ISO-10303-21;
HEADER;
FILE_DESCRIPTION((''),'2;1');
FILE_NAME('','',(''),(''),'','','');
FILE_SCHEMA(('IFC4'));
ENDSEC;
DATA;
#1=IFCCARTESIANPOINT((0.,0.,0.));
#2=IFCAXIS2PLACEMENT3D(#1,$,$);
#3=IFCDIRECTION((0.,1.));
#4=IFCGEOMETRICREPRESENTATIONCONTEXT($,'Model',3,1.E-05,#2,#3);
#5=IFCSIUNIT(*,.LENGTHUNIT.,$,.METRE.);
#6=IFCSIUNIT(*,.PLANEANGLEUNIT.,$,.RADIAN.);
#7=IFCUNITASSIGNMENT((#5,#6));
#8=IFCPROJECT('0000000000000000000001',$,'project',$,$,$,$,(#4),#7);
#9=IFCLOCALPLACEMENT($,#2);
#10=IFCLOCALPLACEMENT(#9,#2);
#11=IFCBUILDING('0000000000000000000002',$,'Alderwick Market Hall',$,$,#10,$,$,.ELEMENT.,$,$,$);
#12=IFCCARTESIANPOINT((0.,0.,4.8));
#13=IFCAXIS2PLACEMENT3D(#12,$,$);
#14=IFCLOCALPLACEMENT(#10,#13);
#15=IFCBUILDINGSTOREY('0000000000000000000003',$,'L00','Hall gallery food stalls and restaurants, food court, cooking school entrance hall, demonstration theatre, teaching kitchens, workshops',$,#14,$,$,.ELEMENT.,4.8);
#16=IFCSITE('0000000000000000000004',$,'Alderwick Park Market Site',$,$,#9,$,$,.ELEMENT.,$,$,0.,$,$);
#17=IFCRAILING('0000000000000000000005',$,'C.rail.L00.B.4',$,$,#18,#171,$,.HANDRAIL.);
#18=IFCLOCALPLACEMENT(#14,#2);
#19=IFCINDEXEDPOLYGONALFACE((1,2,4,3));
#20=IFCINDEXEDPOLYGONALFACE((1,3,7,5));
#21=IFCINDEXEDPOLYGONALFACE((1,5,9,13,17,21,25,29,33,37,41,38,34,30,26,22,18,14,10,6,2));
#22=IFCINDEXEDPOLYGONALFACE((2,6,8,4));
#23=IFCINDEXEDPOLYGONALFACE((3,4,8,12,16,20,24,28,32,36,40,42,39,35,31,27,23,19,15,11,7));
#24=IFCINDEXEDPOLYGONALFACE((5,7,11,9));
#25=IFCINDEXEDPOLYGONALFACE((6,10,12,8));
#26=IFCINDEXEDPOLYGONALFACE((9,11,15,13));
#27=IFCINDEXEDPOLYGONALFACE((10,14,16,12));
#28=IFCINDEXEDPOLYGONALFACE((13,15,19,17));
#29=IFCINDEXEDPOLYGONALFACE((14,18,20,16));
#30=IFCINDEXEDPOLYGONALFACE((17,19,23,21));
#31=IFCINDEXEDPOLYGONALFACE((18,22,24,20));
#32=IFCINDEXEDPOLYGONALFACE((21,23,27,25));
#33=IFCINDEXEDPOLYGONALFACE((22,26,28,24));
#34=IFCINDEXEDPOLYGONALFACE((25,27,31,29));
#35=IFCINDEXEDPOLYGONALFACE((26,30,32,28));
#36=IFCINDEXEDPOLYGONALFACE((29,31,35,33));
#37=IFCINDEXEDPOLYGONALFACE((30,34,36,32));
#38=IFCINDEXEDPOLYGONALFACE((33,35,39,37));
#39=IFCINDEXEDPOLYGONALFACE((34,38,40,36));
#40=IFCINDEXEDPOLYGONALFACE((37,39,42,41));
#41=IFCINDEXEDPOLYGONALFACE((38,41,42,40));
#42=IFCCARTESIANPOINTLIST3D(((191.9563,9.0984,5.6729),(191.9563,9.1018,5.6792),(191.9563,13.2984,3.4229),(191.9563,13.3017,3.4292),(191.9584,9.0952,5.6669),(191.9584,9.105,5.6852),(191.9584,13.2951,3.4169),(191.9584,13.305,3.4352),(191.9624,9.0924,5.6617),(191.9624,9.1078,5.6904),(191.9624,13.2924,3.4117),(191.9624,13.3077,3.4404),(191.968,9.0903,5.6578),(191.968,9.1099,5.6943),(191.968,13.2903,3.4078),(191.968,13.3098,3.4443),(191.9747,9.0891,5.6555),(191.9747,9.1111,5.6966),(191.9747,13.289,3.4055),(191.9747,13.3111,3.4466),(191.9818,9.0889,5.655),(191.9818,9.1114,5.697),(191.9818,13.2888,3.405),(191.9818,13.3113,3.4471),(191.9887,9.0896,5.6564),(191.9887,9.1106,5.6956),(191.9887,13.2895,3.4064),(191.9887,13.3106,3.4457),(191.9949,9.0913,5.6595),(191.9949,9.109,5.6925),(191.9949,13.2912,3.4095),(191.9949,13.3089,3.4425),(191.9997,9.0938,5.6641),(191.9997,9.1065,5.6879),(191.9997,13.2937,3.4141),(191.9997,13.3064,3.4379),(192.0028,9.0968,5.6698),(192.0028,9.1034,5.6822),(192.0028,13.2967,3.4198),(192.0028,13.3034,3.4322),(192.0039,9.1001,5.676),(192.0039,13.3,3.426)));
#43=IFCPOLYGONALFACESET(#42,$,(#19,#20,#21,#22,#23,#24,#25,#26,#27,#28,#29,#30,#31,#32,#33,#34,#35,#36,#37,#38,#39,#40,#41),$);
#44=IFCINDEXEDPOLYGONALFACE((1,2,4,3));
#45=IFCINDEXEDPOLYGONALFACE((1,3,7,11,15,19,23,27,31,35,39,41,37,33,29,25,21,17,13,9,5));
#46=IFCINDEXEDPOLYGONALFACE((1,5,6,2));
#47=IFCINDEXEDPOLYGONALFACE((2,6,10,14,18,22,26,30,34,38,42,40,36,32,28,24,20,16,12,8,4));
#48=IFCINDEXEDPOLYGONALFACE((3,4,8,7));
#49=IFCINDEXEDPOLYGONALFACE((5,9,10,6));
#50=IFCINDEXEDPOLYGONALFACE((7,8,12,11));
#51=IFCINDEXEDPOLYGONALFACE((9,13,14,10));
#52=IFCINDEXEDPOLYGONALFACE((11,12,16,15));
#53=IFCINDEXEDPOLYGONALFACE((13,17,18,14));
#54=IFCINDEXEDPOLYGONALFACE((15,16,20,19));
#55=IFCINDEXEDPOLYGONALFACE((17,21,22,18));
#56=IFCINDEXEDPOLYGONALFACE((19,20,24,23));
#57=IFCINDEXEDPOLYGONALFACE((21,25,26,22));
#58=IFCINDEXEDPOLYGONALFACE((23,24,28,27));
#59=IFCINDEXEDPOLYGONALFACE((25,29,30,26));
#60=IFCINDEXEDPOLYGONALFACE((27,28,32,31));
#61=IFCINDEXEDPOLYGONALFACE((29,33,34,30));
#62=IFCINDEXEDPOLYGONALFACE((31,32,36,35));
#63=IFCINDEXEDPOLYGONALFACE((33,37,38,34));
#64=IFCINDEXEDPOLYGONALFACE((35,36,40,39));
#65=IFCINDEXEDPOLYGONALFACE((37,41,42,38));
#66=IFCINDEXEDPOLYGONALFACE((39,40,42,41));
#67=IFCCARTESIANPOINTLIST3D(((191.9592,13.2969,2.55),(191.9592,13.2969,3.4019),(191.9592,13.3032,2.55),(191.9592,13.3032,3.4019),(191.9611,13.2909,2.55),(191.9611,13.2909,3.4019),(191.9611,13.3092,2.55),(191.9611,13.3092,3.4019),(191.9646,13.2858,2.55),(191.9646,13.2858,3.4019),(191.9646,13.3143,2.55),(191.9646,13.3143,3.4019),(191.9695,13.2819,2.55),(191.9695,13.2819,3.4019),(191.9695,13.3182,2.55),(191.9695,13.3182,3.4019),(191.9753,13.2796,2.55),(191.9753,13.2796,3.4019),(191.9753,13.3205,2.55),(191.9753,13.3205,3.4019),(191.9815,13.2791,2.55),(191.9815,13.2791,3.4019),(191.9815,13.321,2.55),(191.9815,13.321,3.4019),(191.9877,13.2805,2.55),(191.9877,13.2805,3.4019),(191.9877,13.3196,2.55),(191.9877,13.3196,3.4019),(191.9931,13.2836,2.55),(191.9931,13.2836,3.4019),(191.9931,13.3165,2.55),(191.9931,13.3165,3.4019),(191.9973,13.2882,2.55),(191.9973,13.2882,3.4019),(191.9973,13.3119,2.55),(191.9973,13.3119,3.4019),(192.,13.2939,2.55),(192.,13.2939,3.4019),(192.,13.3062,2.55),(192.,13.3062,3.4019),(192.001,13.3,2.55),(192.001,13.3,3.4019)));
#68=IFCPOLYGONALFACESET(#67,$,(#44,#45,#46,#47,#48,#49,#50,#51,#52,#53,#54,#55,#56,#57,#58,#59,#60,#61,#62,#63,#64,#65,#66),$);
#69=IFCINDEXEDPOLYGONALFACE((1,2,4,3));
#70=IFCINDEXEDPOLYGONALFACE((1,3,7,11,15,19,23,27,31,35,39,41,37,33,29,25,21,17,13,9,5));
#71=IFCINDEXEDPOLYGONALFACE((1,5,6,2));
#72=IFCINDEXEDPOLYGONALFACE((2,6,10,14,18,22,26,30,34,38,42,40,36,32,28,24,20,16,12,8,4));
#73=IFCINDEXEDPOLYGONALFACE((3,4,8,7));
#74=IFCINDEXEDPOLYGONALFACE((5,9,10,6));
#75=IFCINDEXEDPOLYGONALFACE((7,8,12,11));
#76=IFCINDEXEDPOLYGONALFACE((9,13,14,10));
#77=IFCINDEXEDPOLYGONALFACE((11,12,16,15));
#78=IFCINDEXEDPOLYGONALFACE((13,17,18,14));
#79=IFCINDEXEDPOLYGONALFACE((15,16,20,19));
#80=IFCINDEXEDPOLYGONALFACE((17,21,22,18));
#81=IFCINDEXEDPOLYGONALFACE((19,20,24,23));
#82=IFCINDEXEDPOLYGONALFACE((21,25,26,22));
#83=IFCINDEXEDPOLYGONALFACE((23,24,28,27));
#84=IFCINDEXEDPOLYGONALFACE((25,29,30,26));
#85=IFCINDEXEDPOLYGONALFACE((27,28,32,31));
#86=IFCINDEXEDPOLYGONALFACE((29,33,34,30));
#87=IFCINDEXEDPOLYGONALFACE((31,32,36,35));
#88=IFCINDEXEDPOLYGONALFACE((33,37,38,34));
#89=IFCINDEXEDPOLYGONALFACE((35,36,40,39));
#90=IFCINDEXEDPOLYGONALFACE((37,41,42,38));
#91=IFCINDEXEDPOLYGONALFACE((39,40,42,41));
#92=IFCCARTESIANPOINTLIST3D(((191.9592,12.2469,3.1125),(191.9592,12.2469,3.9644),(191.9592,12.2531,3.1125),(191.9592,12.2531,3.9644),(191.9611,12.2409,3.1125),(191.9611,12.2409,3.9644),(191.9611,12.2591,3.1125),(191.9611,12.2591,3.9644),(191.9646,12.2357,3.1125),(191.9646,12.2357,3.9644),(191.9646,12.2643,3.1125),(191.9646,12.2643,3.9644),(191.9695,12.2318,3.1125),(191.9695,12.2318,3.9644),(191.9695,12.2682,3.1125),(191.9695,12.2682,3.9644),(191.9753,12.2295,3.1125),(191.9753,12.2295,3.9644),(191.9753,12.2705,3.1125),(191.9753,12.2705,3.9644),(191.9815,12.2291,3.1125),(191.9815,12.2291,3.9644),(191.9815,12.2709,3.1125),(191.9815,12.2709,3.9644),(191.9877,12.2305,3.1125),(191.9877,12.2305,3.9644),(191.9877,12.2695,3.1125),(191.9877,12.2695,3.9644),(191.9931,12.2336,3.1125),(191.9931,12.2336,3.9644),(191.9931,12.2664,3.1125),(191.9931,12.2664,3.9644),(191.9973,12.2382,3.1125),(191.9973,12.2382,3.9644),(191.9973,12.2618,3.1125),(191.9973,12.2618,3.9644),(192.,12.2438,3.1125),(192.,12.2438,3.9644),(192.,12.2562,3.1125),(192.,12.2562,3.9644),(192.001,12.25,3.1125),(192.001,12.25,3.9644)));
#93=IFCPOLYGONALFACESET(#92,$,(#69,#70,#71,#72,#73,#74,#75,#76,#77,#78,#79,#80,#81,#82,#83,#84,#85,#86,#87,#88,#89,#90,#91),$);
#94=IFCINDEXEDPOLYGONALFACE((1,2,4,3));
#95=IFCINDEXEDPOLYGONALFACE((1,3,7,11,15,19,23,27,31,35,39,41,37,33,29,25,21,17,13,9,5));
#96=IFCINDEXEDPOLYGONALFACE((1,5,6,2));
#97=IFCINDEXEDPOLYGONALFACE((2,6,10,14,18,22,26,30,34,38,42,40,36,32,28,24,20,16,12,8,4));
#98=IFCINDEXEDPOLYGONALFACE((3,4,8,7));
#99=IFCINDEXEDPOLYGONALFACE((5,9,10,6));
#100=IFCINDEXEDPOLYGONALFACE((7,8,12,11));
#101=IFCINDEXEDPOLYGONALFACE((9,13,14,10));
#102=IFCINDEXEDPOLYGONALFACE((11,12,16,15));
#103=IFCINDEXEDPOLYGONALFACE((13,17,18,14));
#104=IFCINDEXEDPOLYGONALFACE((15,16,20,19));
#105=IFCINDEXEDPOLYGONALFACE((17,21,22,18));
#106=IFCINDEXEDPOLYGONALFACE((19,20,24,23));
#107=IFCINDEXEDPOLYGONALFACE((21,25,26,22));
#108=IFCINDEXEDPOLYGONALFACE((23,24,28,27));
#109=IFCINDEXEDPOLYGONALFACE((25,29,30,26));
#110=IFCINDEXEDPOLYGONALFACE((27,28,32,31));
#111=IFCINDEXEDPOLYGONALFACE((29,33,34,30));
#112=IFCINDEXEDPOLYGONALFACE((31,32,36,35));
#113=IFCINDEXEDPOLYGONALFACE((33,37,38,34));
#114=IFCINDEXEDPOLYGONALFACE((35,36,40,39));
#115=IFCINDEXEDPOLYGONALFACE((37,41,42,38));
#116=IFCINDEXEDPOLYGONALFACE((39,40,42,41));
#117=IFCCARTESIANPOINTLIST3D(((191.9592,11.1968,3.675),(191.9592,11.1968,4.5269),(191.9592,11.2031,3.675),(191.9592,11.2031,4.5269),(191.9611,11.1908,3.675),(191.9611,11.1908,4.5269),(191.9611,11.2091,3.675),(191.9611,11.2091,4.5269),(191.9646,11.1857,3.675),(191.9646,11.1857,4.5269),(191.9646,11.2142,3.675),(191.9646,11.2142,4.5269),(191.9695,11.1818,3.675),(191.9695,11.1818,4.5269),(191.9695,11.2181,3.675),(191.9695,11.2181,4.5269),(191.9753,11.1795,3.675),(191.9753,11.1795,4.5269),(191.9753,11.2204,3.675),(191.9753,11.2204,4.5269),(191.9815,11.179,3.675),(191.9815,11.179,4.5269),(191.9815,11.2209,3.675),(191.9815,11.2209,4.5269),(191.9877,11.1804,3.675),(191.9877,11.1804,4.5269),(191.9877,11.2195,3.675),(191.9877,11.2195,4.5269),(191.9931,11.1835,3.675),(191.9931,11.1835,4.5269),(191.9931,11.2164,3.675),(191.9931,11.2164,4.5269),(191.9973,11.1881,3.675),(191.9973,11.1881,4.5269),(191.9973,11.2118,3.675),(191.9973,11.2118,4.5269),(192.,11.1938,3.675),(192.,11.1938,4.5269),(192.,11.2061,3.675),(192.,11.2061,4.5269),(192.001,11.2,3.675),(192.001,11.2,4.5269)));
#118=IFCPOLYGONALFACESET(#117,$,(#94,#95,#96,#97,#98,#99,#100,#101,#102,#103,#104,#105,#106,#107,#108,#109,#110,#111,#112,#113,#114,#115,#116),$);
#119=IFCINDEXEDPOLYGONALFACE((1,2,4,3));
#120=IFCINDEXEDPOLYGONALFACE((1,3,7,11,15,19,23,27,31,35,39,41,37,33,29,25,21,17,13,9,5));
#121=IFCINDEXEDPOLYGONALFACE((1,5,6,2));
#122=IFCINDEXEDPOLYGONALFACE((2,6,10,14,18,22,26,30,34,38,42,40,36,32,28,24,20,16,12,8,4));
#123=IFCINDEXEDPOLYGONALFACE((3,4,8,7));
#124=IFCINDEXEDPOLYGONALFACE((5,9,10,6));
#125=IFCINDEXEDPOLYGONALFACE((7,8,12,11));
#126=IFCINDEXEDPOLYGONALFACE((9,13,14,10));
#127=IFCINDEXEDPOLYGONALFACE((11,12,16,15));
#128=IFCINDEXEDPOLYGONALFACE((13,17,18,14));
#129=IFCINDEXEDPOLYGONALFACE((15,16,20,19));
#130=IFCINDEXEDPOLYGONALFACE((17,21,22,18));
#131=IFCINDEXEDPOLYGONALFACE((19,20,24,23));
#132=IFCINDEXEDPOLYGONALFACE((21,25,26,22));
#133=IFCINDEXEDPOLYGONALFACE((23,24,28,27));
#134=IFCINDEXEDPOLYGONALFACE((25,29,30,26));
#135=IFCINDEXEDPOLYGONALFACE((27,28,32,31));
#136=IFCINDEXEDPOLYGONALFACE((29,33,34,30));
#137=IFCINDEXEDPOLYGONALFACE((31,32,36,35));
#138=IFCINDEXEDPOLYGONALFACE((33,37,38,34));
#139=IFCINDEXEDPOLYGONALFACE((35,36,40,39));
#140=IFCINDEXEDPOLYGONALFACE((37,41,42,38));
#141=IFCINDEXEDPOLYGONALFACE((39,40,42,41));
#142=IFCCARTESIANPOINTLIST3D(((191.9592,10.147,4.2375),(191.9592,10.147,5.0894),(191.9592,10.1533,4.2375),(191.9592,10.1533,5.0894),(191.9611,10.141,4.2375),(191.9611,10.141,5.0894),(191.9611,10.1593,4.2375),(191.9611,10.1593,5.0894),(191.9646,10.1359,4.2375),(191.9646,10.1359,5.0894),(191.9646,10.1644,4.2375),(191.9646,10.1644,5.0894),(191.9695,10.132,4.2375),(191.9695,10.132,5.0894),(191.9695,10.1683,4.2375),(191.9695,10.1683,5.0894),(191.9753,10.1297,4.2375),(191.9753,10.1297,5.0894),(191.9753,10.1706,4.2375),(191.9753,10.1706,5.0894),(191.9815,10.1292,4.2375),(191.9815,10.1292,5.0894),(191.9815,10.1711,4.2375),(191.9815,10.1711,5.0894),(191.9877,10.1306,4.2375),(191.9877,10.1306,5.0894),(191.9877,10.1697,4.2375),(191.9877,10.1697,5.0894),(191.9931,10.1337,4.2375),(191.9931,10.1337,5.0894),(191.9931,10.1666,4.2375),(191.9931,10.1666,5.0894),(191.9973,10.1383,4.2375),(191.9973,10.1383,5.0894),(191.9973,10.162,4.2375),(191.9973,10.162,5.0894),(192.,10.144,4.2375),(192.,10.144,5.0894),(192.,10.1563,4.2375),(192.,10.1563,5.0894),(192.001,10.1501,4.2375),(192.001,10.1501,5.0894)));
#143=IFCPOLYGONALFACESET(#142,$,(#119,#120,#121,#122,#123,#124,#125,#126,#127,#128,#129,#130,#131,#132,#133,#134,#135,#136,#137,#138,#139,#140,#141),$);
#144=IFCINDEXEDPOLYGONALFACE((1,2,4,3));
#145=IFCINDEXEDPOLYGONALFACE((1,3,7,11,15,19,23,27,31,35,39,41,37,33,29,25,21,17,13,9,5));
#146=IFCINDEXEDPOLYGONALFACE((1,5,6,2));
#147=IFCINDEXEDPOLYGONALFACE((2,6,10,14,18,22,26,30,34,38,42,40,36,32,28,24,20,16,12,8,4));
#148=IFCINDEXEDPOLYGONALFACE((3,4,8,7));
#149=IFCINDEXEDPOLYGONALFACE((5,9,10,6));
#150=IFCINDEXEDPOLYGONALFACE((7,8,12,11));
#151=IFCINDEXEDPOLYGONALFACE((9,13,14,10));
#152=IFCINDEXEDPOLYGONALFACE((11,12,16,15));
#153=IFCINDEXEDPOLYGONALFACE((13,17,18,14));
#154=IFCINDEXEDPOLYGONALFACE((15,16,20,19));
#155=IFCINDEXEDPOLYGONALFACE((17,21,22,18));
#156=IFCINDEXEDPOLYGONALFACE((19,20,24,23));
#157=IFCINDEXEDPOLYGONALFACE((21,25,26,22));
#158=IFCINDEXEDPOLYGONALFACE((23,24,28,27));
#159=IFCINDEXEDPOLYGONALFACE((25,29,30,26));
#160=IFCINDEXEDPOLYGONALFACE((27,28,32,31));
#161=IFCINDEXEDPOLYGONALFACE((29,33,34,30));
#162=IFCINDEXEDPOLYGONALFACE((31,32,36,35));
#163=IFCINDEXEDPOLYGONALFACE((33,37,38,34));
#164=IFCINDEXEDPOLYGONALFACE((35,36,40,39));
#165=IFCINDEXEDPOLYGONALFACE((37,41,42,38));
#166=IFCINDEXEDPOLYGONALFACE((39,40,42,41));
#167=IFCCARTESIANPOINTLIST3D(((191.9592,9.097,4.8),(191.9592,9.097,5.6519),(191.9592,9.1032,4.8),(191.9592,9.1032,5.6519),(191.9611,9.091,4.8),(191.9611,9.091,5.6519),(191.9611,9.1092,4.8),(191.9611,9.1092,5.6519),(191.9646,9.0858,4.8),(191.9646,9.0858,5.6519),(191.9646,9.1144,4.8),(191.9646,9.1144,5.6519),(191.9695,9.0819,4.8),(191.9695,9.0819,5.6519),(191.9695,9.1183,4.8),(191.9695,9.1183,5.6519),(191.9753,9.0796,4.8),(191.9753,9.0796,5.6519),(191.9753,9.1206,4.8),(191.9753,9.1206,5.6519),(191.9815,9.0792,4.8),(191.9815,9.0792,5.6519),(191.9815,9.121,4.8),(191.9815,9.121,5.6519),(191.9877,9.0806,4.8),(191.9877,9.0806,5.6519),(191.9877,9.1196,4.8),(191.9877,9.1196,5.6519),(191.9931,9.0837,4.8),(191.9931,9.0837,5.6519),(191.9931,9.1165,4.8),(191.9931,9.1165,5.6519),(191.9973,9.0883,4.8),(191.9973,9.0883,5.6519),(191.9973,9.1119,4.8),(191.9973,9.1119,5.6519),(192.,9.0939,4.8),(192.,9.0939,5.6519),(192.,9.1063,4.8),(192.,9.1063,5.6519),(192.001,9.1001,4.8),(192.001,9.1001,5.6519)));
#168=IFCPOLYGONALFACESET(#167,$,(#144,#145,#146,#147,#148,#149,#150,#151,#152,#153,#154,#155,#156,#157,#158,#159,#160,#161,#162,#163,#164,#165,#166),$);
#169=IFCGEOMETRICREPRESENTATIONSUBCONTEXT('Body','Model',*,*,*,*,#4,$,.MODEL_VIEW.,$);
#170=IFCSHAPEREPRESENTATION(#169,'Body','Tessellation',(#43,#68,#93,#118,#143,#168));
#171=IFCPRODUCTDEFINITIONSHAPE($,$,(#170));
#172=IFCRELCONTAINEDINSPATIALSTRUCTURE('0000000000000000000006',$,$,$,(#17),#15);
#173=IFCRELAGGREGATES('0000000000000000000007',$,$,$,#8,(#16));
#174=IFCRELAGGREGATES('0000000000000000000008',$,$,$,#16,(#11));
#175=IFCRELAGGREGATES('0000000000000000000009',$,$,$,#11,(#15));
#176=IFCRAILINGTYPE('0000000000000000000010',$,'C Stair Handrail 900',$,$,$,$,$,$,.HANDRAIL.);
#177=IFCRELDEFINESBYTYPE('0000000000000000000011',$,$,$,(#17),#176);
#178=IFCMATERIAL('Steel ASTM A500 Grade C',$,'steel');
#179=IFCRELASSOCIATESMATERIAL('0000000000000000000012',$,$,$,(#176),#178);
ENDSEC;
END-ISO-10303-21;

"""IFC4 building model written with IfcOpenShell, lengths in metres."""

from ifc_helpers import new_model, si_unit, direction, frame, origin, origin_2d, place, context, subcontext, project, spatial, circle, extrude, material, type_object, element, save


model = new_model("IFC4")

# Units and contexts
model_context = context("Model", 3, precision=1e-05, world=origin(), true_north=direction((0.0, 1.0)))
body_context = subcontext(model_context, "Body", "Model", "MODEL_VIEW")
ifc_project = project(units=[si_unit("LENGTHUNIT", "METRE"), si_unit("PLANEANGLEUNIT", "RADIAN")], contexts=[model_context])

# Site, building, storey
site_placement = place(None, origin())
site = spatial("IfcSite", under=ifc_project, at=site_placement, Name="Alderwick Park Market Site", CompositionType="ELEMENT", RefElevation=0.0)
building_placement = place(site_placement, origin())
building = spatial("IfcBuilding", under=site, at=building_placement, Name="Alderwick Market Hall", CompositionType="ELEMENT")
storey_placement = place(building_placement, frame((0.0, 0.0, 4.8)))
storey = spatial("IfcBuildingStorey", under=building, at=storey_placement, Name="L00", Description="Hall gallery food stalls and restaurants, food court, cooking school entrance hall, demonstration theatre, teaching kitchens, workshops", CompositionType="ELEMENT", Elevation=4.8)

# Railing
ifc_material_1 = material(Name="Steel ASTM A500 Grade C", Category="steel")
railing_type = type_object("IfcRailingType", Name="C Stair Handrail 900", PredefinedType="HANDRAIL", material=ifc_material_1)
for number, where, name in (
    (1, (191.98, 13.3, 2.55), "C.rail.L00.B.4"),
):
    element("IfcRailing", number, at=place(storey_placement, frame(where)), inside=storey, type_object=railing_type, Name=name, PredefinedType="HANDRAIL", context=body_context, shape_type="SweptSolid", body=[
        extrude(circle(Radius=0.0239, at=origin_2d()), frame((0.0, 0.0, 0.876), z_axis=(0.0, -0.881478, 0.472226), x_axis=(1.0, 0.0, 0.0)), (0.0, 0.0, 1.0), 4.7646),
        extrude(circle(Radius=0.021, at=origin_2d()), origin(), (0.0, 0.0, 1.0), 0.8518),
        extrude(circle(Radius=0.021, at=origin_2d()), frame((0.0, -1.05, 0.5625)), (0.0, 0.0, 1.0), 0.8518),
        extrude(circle(Radius=0.021, at=origin_2d()), frame((0.0, -2.1001, 1.125)), (0.0, 0.0, 1.0), 0.8518),
        extrude(circle(Radius=0.021, at=origin_2d()), frame((0.0, -3.1499, 1.6875)), (0.0, 0.0, 1.0), 0.8518),
        extrude(circle(Radius=0.021, at=origin_2d()), frame((0.0, -4.2, 2.25)), (0.0, 0.0, 1.0), 0.8518),
    ])

save(model, "model.ifc")
